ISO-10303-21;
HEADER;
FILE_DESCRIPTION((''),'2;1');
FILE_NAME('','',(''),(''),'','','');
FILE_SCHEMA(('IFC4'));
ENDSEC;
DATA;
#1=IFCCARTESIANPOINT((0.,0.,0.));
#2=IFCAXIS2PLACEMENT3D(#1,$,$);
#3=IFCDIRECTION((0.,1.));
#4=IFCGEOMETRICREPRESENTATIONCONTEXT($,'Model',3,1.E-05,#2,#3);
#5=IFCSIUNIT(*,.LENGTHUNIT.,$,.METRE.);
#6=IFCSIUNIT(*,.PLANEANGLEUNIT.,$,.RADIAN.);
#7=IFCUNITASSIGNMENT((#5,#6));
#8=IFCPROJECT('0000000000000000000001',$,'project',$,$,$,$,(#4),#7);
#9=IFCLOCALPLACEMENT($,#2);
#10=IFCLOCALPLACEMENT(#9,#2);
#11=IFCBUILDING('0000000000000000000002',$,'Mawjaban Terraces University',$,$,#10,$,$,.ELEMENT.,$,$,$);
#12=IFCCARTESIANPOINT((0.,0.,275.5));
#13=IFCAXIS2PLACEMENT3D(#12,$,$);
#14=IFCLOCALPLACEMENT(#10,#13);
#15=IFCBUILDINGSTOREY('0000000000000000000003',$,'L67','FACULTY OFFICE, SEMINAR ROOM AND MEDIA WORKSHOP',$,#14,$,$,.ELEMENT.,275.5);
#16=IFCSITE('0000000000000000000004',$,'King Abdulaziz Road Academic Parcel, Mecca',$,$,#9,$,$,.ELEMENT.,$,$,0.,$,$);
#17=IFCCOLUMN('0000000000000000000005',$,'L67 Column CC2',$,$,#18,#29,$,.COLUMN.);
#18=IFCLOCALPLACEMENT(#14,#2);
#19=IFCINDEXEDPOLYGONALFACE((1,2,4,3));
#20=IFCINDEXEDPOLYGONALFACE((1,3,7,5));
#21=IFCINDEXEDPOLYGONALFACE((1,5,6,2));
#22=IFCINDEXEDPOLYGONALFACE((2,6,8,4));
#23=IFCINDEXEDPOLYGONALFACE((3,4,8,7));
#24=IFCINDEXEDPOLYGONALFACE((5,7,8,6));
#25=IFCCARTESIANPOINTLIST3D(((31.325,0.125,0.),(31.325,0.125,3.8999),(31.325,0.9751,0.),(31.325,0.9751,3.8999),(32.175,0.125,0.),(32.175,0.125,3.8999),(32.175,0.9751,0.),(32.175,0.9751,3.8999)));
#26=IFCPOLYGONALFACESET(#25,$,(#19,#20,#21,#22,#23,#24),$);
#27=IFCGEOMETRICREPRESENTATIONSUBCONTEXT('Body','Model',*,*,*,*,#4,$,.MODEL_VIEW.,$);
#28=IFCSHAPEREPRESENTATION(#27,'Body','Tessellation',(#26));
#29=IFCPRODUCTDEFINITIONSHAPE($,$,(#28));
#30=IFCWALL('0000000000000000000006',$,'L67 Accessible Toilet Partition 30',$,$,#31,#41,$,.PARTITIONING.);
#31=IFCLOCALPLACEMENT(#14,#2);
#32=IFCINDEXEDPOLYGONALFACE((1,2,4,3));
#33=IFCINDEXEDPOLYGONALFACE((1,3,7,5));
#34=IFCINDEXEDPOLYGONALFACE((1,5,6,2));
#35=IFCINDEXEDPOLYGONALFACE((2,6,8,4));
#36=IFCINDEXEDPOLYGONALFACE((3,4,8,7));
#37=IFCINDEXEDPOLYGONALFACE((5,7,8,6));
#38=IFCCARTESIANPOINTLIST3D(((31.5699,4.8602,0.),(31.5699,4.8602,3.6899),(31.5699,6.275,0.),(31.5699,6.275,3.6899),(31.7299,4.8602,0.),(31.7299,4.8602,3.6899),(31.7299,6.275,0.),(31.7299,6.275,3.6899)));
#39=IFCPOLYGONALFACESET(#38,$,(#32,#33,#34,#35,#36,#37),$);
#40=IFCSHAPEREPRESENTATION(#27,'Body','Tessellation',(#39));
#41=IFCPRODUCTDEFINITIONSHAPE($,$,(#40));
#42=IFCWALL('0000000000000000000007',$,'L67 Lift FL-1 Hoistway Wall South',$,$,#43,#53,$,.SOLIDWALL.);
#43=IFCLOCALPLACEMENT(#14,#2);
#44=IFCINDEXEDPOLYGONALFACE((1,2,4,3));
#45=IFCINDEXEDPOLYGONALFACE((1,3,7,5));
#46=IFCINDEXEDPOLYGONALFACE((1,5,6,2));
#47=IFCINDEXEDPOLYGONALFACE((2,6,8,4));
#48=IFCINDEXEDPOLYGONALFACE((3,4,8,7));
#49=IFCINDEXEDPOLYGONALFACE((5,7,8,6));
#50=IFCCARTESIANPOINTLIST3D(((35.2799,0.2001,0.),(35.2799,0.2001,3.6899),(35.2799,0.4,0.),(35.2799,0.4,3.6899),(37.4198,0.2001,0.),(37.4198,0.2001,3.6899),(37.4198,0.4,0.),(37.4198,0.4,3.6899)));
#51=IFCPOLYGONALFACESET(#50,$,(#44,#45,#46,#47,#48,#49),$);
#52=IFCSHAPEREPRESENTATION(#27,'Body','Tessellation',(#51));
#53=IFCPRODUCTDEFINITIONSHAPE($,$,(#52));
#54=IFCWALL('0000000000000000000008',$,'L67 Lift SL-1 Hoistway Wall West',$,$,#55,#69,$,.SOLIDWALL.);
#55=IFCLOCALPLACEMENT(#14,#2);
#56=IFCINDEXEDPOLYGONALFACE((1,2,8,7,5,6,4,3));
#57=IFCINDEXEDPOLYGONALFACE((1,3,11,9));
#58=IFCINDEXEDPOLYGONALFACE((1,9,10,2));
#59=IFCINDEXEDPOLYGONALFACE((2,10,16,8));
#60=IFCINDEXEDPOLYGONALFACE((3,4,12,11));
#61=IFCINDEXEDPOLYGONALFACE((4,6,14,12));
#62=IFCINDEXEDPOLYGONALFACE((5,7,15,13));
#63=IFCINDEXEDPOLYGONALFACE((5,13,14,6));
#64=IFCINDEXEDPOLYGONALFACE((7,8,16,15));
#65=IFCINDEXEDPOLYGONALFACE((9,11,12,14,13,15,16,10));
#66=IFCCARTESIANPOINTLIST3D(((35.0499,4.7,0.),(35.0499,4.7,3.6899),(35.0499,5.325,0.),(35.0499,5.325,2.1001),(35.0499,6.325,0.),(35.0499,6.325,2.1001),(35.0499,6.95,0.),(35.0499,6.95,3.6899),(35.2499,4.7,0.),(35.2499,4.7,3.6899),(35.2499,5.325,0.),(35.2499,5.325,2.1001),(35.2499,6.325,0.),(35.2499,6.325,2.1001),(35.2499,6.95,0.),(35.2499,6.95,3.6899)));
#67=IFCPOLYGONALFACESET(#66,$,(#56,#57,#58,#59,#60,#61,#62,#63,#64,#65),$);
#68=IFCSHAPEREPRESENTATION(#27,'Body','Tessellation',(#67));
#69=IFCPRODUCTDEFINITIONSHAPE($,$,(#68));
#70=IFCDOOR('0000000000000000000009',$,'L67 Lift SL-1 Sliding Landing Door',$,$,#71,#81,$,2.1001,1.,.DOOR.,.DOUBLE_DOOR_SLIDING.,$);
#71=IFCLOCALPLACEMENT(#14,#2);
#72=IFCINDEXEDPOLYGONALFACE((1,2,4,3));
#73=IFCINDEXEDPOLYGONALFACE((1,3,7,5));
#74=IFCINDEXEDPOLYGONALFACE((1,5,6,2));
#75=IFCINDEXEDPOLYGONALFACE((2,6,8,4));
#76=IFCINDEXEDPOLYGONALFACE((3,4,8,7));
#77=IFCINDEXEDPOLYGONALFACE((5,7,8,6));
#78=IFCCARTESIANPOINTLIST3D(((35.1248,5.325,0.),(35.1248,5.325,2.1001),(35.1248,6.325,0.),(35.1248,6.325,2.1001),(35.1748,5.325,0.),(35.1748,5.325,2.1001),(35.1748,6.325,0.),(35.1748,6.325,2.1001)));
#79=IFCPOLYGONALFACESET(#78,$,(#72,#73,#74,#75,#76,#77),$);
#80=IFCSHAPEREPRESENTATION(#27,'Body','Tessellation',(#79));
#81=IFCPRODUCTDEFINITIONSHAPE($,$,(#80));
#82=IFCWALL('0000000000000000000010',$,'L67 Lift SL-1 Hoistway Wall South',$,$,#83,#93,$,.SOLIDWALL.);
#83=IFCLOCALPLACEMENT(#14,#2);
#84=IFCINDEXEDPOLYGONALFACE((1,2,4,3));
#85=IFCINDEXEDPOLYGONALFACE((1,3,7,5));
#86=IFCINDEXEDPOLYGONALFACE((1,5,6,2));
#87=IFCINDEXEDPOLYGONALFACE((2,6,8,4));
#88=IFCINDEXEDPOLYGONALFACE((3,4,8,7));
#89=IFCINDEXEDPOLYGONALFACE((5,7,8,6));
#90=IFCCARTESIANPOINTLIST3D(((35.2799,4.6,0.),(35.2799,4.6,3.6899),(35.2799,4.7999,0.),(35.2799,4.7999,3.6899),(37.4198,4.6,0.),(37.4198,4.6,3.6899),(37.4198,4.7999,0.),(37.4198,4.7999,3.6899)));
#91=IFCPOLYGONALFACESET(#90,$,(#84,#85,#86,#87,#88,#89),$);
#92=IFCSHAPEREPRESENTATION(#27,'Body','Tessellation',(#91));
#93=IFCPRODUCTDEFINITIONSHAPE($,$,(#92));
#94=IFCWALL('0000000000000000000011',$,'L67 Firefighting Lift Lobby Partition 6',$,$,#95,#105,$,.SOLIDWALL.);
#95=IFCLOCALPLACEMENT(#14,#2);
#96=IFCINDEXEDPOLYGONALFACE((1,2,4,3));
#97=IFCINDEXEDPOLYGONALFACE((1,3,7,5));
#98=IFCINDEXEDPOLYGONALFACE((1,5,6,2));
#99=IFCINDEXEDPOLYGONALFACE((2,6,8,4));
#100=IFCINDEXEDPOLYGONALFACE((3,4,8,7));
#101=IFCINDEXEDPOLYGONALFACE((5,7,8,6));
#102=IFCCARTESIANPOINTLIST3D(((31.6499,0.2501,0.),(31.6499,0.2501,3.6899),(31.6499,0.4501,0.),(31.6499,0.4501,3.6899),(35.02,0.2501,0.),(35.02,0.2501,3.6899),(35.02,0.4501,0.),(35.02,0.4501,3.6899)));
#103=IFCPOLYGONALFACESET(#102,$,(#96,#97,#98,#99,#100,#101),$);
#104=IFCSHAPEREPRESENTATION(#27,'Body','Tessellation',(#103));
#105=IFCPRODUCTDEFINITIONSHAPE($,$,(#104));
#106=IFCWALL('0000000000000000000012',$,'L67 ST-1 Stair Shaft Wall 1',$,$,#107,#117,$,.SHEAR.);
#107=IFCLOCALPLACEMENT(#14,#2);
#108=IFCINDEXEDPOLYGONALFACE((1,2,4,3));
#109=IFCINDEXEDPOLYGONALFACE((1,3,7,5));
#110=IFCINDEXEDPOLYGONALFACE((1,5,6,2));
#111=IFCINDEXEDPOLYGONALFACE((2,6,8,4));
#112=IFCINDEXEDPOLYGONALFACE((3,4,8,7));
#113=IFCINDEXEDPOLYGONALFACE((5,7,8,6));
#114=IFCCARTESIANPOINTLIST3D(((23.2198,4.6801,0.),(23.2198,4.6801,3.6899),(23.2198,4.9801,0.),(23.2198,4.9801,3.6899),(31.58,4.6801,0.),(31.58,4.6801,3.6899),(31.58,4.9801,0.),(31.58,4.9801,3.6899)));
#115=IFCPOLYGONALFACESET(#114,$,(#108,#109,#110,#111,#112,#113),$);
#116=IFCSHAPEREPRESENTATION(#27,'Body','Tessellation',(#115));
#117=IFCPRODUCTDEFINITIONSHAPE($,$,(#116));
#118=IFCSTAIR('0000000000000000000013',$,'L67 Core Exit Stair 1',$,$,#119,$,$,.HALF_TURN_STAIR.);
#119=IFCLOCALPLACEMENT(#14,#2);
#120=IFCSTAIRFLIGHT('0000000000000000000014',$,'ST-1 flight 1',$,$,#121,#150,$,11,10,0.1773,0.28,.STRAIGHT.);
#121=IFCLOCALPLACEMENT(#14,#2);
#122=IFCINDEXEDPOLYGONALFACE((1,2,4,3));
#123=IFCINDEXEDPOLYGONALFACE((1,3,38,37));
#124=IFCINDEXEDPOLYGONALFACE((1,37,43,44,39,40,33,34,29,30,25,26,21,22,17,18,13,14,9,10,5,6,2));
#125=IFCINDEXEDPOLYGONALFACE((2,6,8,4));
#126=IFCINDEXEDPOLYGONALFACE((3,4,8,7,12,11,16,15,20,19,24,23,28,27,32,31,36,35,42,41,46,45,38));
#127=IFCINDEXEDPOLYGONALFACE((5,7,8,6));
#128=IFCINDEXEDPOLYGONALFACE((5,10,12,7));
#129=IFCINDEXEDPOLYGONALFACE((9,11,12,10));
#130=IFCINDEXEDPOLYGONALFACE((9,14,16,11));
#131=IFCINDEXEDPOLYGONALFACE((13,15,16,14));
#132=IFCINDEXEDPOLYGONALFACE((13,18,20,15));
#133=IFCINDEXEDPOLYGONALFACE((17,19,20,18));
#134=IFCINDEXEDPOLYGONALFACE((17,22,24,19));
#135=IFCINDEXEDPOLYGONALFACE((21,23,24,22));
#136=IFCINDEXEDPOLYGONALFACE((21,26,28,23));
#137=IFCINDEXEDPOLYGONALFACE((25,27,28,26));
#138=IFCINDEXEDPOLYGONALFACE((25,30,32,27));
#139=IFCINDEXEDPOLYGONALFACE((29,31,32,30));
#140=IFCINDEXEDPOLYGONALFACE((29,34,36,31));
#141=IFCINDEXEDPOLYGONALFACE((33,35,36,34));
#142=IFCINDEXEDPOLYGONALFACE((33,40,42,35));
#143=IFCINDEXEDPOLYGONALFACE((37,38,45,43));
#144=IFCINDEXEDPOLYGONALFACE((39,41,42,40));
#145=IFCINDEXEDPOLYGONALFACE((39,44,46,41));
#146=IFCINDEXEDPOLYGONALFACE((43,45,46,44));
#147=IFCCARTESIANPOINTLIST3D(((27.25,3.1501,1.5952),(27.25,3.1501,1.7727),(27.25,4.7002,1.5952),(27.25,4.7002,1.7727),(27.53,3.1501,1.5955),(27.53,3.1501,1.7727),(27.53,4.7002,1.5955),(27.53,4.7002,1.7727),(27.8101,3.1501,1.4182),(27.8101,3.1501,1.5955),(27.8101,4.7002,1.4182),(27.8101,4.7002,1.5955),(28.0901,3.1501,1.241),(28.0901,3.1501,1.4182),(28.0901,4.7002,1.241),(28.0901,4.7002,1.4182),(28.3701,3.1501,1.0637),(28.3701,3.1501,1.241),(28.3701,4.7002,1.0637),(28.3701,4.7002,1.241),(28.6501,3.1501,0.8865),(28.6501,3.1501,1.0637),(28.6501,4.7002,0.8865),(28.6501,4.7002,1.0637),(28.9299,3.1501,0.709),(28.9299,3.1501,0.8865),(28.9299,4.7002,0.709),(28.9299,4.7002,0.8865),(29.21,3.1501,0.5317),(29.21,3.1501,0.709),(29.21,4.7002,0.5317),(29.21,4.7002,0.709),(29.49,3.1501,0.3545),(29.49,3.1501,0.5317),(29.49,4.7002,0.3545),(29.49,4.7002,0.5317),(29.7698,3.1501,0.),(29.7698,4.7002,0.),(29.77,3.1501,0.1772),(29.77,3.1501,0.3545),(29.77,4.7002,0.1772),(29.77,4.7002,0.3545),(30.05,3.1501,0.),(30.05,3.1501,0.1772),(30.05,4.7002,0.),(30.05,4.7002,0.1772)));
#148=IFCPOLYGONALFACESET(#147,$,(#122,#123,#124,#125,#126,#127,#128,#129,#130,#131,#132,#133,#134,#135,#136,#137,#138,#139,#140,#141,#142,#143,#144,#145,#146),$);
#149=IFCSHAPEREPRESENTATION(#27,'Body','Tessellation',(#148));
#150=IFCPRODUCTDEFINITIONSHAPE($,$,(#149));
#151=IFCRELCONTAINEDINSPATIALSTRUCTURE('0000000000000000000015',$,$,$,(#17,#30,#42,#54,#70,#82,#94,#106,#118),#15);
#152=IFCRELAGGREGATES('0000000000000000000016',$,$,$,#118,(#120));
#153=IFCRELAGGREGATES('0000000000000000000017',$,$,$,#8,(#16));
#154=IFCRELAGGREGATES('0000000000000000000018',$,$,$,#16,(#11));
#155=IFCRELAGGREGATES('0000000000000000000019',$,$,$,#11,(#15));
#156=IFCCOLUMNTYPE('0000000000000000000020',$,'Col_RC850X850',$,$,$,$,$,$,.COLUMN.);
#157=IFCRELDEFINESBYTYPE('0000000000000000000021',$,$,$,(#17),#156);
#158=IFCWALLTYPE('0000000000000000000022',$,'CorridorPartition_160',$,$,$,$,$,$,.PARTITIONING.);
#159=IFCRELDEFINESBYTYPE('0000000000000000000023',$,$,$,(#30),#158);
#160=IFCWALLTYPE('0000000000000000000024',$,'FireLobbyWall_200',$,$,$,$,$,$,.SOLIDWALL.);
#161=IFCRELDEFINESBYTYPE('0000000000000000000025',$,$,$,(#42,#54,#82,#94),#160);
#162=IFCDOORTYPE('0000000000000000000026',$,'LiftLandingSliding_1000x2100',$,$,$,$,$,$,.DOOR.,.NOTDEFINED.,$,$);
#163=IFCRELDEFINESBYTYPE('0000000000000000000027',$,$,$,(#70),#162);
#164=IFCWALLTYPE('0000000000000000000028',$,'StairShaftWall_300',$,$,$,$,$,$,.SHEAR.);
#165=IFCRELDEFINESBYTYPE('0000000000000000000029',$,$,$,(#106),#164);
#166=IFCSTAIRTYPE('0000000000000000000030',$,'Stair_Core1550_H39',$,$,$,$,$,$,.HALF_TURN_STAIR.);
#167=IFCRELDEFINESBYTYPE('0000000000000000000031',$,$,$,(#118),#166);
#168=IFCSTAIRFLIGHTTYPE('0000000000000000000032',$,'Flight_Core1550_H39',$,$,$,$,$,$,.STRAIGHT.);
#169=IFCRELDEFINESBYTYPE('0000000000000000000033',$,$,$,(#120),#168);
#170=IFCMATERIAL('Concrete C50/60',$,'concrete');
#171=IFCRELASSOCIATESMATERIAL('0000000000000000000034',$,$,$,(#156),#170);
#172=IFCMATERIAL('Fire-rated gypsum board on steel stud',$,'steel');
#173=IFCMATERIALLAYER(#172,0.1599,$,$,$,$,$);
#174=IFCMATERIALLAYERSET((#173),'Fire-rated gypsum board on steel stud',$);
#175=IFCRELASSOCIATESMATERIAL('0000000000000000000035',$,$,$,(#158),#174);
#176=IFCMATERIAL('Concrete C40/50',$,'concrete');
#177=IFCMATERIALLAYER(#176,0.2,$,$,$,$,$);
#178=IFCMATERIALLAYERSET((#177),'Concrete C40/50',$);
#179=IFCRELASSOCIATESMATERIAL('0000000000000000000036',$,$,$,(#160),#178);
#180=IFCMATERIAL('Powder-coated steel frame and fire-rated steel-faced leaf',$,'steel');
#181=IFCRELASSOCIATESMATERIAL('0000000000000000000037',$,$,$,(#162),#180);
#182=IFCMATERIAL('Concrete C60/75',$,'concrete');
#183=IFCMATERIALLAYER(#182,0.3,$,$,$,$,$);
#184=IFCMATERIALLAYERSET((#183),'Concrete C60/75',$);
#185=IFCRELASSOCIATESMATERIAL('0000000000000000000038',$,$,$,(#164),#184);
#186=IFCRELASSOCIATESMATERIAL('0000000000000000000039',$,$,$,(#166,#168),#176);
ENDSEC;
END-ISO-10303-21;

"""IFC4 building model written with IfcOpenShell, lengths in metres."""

from ifc_helpers import new_model, si_unit, direction, frame, frame_2d, origin, origin_2d, place, context, subcontext, project, spatial, polyline, rectangle, outline, extrude, material, layer, layer_set, material_profile, profile_set, type_object, element, fill, aggregate, save


model = new_model("IFC4")

# Units and contexts
model_context = context("Model", 3, precision=1e-05, world=origin(), true_north=direction((0.0, 1.0)))
body_context = subcontext(model_context, "Body", "Model", "MODEL_VIEW")
ifc_project = project(units=[si_unit("LENGTHUNIT", "METRE"), si_unit("PLANEANGLEUNIT", "RADIAN")], contexts=[model_context])

# Site, building, storey
site_placement = place(None, origin())
site = spatial("IfcSite", under=ifc_project, at=site_placement, Name="King Abdulaziz Road Academic Parcel, Mecca", CompositionType="ELEMENT", RefElevation=0.0)
building_placement = place(site_placement, origin())
building = spatial("IfcBuilding", under=site, at=building_placement, Name="Mawjaban Terraces University", CompositionType="ELEMENT")
storey_placement = place(building_placement, frame((0.0, 0.0, 275.5)))
storey = spatial("IfcBuildingStorey", under=building, at=storey_placement, Name="L67", Description="FACULTY OFFICE, SEMINAR ROOM AND MEDIA WORKSHOP", CompositionType="ELEMENT", Elevation=275.5)

# Column
ifc_material_1 = material(Name="Concrete C50/60", Category="concrete")
ifc_material_profile = material_profile(ifc_material_1, rectangle(XDim=0.8501, YDim=0.8501, at=origin_2d()), Name="RC850X850")
ifc_profile_set = profile_set([ifc_material_profile], Name="Concrete C50/60")
column_type = type_object("IfcColumnType", Name="Col_RC850X850", PredefinedType="COLUMN", material=ifc_profile_set)
column_placement = place(storey_placement, frame((31.75, 0.55, 0.0), z_axis=(0.0, 0.0, 1.0), x_axis=(1.0, 0.0, 0.0)))
element("IfcColumn", 1, at=column_placement, inside=storey, type_object=column_type, Name="L67 Column CC2", PredefinedType="COLUMN", context=body_context, shape_type="SweptSolid", body=[
    extrude(rectangle(XDim=0.8501, YDim=0.8501, at=origin_2d()), origin(), (0.0, 0.0, 1.0), 3.8999),
])

# Wall
ifc_material_2 = material(Name="Fire-rated gypsum board on steel stud", Category="steel")
ifc_layer_1 = layer(ifc_material_2, 0.1599)
ifc_layer_set_1 = layer_set([ifc_layer_1], Name="Fire-rated gypsum board on steel stud")
wall_type_1 = type_object("IfcWallType", Name="CorridorPartition_160", PredefinedType="PARTITIONING", material=ifc_layer_set_1)
wall_1_placement = place(storey_placement, frame((31.6499, 4.8601, 0.0), z_axis=(0.0, 0.0, 1.0), x_axis=(0.0, 1.0, 0.0)))
element("IfcWall", 2, at=wall_1_placement, inside=storey, type_object=wall_type_1, Name="L67 Accessible Toilet Partition 30", PredefinedType="PARTITIONING", context=body_context, shape_type="SweptSolid", body=[
    extrude(rectangle(XDim=1.4148, YDim=0.1599, at=frame_2d((0.7075, 0.0))), origin(), (0.0, 0.0, 1.0), 3.6899),
])

# Shared definitions
ifc_material_3 = material(Name="Concrete C40/50", Category="concrete")
ifc_layer_2 = layer(ifc_material_3, 0.2)
ifc_layer_set_2 = layer_set([ifc_layer_2], Name="Concrete C40/50")
wall_type_2 = type_object("IfcWallType", Name="FireLobbyWall_200", PredefinedType="SOLIDWALL", material=ifc_layer_set_2)
ifc_material_4 = material(Name="Powder-coated steel frame and fire-rated steel-faced leaf", Category="steel")

# Wall
wall_2_placement = place(storey_placement, frame((35.28, 0.3, 0.0), z_axis=(0.0, 0.0, 1.0), x_axis=(1.0, 0.0, 0.0)))
element("IfcWall", 3, at=wall_2_placement, inside=storey, type_object=wall_type_2, Name="L67 Lift FL-1 Hoistway Wall South", PredefinedType="SOLIDWALL", context=body_context, shape_type="SweptSolid", body=[
    extrude(rectangle(XDim=2.1399, YDim=0.2, at=frame_2d((1.0698, 0.0))), origin(), (0.0, 0.0, 1.0), 3.6899),
])

# Wall, opening, door
wall_3_placement = place(storey_placement, frame((35.1499, 6.95, 0.0), z_axis=(0.0, 0.0, 1.0), x_axis=(0.0, -1.0, 0.0)))
wall_3 = element("IfcWall", 4, at=wall_3_placement, inside=storey, type_object=wall_type_2, Name="L67 Lift SL-1 Hoistway Wall West", PredefinedType="SOLIDWALL", context=body_context, shape_type="SweptSolid", body=[
    extrude(rectangle(XDim=2.25, YDim=0.2, at=frame_2d((1.125, 0.0))), origin(), (0.0, 0.0, 1.0), 3.6899),
])
opening_1_placement = place(wall_3_placement, frame((0.625, 0.0, 0.0)))
opening_1 = element("IfcOpeningElement", 5, at=opening_1_placement, cuts=wall_3, PredefinedType="OPENING", context=body_context, shape_type="SweptSolid", body=[
    extrude(rectangle(XDim=1.0, YDim=2.1001, at=frame_2d((0.5, 1.05))), frame((0.0, 0.1099, 0.0), z_axis=(0.0, -1.0, 0.0), x_axis=(1.0, 0.0, 0.0)), (0.0, 0.0, 1.0), 0.22),
])
door_type_1 = type_object("IfcDoorType", Name="LiftLandingSliding_1000x2100", OperationType="NOTDEFINED", PredefinedType="DOOR", material=ifc_material_4)
door_1_placement = place(opening_1_placement, origin())
door_1 = element("IfcDoor", 6, at=door_1_placement, inside=storey, type_object=door_type_1, Name="L67 Lift SL-1 Sliding Landing Door", OperationType="DOUBLE_DOOR_SLIDING", OverallHeight=2.1001, OverallWidth=1.0, PredefinedType="DOOR", context=body_context, shape_type="SweptSolid", body=[
    extrude(rectangle(XDim=1.0, YDim=2.1001, at=frame_2d((0.5, 1.05))), frame((0.0, 0.0249, 0.0), z_axis=(0.0, -1.0, 0.0), x_axis=(1.0, 0.0, 0.0)), (0.0, 0.0, 1.0), 0.05),
])
fill(opening_1, door_1)

# Walls
wall_4_placement = place(storey_placement, frame((35.28, 4.7, 0.0), z_axis=(0.0, 0.0, 1.0), x_axis=(1.0, 0.0, 0.0)))
element("IfcWall", 7, at=wall_4_placement, inside=storey, type_object=wall_type_2, Name="L67 Lift SL-1 Hoistway Wall South", PredefinedType="SOLIDWALL", context=body_context, shape_type="SweptSolid", body=[
    extrude(rectangle(XDim=2.1399, YDim=0.2, at=frame_2d((1.0698, 0.0))), origin(), (0.0, 0.0, 1.0), 3.6899),
])
wall_5_placement = place(storey_placement, frame((31.6499, 0.3501, 0.0), z_axis=(0.0, 0.0, 1.0), x_axis=(1.0, 0.0, 0.0)))
element("IfcWall", 8, at=wall_5_placement, inside=storey, type_object=wall_type_2, Name="L67 Firefighting Lift Lobby Partition 6", PredefinedType="SOLIDWALL", context=body_context, shape_type="SweptSolid", body=[
    extrude(rectangle(XDim=3.3701, YDim=0.2, at=frame_2d((1.6851, 0.0))), origin(), (0.0, 0.0, 1.0), 3.6899),
])

# Wall
ifc_material_5 = material(Name="Concrete C60/75", Category="concrete")
ifc_layer_3 = layer(ifc_material_5, 0.3)
ifc_layer_set_3 = layer_set([ifc_layer_3], Name="Concrete C60/75")
wall_type_3 = type_object("IfcWallType", Name="StairShaftWall_300", PredefinedType="SHEAR", material=ifc_layer_set_3)
wall_6_placement = place(storey_placement, frame((31.5801, 4.8301, 0.0), z_axis=(0.0, 0.0, 1.0), x_axis=(-1.0, 0.0, 0.0)))
element("IfcWall", 9, at=wall_6_placement, inside=storey, type_object=wall_type_3, Name="L67 ST-1 Stair Shaft Wall 1", PredefinedType="SHEAR", context=body_context, shape_type="SweptSolid", body=[
    extrude(rectangle(XDim=8.3601, YDim=0.3, at=frame_2d((4.1802, 0.0))), origin(), (0.0, 0.0, 1.0), 3.6899),
])

# Stair, stair flight
stair_type = type_object("IfcStairType", Name="Stair_Core1550_H39", PredefinedType="HALF_TURN_STAIR", material=ifc_material_3)
stair_placement = place(storey_placement, origin())
stair = element("IfcStair", 10, at=stair_placement, inside=storey, type_object=stair_type, Name="L67 Core Exit Stair 1", PredefinedType="HALF_TURN_STAIR")
stair_flight_type = type_object("IfcStairFlightType", Name="Flight_Core1550_H39", PredefinedType="STRAIGHT", material=ifc_material_3)
stair_flight_placement = place(storey_placement, frame((30.05, 3.925, 0.0), z_axis=(0.0, 0.0, 1.0), x_axis=(-1.0, 0.0, 0.0)))
stair_flight = element("IfcStairFlight", 11, at=stair_flight_placement, type_object=stair_flight_type, Name="ST-1 flight 1", NumberOfRisers=11, NumberOfTreads=10, PredefinedType="STRAIGHT", RiserHeight=0.1773, TreadLength=0.28, context=body_context, shape_type="SweptSolid", body=[
    extrude(outline(polyline([(0.0, 0.0), (0.0, 0.1772), (0.28, 0.1772), (0.28, 0.3545), (0.5601, 0.3545), (0.5601, 0.5317), (0.8401, 0.5317), (0.8401, 0.709), (1.1201, 0.709), (1.1201, 0.8865), (1.3999, 0.8865), (1.3999, 1.0637), (1.6799, 1.0637), (1.6799, 1.241), (1.96, 1.241), (1.96, 1.4182), (2.24, 1.4182), (2.24, 1.5955), (2.52, 1.5955), (2.52, 1.7727), (2.8, 1.7727), (2.8, 1.95), (2.8, 1.5952), (0.2803, 0.0), (0.0, 0.0)])), frame((0.0, 0.7749, 0.0), z_axis=(0.0, -1.0, 0.0), x_axis=(1.0, 0.0, 0.0)), (0.0, 0.0, 1.0), 1.55),
])
aggregate(stair, [stair_flight])

save(model, "model.ifc")
